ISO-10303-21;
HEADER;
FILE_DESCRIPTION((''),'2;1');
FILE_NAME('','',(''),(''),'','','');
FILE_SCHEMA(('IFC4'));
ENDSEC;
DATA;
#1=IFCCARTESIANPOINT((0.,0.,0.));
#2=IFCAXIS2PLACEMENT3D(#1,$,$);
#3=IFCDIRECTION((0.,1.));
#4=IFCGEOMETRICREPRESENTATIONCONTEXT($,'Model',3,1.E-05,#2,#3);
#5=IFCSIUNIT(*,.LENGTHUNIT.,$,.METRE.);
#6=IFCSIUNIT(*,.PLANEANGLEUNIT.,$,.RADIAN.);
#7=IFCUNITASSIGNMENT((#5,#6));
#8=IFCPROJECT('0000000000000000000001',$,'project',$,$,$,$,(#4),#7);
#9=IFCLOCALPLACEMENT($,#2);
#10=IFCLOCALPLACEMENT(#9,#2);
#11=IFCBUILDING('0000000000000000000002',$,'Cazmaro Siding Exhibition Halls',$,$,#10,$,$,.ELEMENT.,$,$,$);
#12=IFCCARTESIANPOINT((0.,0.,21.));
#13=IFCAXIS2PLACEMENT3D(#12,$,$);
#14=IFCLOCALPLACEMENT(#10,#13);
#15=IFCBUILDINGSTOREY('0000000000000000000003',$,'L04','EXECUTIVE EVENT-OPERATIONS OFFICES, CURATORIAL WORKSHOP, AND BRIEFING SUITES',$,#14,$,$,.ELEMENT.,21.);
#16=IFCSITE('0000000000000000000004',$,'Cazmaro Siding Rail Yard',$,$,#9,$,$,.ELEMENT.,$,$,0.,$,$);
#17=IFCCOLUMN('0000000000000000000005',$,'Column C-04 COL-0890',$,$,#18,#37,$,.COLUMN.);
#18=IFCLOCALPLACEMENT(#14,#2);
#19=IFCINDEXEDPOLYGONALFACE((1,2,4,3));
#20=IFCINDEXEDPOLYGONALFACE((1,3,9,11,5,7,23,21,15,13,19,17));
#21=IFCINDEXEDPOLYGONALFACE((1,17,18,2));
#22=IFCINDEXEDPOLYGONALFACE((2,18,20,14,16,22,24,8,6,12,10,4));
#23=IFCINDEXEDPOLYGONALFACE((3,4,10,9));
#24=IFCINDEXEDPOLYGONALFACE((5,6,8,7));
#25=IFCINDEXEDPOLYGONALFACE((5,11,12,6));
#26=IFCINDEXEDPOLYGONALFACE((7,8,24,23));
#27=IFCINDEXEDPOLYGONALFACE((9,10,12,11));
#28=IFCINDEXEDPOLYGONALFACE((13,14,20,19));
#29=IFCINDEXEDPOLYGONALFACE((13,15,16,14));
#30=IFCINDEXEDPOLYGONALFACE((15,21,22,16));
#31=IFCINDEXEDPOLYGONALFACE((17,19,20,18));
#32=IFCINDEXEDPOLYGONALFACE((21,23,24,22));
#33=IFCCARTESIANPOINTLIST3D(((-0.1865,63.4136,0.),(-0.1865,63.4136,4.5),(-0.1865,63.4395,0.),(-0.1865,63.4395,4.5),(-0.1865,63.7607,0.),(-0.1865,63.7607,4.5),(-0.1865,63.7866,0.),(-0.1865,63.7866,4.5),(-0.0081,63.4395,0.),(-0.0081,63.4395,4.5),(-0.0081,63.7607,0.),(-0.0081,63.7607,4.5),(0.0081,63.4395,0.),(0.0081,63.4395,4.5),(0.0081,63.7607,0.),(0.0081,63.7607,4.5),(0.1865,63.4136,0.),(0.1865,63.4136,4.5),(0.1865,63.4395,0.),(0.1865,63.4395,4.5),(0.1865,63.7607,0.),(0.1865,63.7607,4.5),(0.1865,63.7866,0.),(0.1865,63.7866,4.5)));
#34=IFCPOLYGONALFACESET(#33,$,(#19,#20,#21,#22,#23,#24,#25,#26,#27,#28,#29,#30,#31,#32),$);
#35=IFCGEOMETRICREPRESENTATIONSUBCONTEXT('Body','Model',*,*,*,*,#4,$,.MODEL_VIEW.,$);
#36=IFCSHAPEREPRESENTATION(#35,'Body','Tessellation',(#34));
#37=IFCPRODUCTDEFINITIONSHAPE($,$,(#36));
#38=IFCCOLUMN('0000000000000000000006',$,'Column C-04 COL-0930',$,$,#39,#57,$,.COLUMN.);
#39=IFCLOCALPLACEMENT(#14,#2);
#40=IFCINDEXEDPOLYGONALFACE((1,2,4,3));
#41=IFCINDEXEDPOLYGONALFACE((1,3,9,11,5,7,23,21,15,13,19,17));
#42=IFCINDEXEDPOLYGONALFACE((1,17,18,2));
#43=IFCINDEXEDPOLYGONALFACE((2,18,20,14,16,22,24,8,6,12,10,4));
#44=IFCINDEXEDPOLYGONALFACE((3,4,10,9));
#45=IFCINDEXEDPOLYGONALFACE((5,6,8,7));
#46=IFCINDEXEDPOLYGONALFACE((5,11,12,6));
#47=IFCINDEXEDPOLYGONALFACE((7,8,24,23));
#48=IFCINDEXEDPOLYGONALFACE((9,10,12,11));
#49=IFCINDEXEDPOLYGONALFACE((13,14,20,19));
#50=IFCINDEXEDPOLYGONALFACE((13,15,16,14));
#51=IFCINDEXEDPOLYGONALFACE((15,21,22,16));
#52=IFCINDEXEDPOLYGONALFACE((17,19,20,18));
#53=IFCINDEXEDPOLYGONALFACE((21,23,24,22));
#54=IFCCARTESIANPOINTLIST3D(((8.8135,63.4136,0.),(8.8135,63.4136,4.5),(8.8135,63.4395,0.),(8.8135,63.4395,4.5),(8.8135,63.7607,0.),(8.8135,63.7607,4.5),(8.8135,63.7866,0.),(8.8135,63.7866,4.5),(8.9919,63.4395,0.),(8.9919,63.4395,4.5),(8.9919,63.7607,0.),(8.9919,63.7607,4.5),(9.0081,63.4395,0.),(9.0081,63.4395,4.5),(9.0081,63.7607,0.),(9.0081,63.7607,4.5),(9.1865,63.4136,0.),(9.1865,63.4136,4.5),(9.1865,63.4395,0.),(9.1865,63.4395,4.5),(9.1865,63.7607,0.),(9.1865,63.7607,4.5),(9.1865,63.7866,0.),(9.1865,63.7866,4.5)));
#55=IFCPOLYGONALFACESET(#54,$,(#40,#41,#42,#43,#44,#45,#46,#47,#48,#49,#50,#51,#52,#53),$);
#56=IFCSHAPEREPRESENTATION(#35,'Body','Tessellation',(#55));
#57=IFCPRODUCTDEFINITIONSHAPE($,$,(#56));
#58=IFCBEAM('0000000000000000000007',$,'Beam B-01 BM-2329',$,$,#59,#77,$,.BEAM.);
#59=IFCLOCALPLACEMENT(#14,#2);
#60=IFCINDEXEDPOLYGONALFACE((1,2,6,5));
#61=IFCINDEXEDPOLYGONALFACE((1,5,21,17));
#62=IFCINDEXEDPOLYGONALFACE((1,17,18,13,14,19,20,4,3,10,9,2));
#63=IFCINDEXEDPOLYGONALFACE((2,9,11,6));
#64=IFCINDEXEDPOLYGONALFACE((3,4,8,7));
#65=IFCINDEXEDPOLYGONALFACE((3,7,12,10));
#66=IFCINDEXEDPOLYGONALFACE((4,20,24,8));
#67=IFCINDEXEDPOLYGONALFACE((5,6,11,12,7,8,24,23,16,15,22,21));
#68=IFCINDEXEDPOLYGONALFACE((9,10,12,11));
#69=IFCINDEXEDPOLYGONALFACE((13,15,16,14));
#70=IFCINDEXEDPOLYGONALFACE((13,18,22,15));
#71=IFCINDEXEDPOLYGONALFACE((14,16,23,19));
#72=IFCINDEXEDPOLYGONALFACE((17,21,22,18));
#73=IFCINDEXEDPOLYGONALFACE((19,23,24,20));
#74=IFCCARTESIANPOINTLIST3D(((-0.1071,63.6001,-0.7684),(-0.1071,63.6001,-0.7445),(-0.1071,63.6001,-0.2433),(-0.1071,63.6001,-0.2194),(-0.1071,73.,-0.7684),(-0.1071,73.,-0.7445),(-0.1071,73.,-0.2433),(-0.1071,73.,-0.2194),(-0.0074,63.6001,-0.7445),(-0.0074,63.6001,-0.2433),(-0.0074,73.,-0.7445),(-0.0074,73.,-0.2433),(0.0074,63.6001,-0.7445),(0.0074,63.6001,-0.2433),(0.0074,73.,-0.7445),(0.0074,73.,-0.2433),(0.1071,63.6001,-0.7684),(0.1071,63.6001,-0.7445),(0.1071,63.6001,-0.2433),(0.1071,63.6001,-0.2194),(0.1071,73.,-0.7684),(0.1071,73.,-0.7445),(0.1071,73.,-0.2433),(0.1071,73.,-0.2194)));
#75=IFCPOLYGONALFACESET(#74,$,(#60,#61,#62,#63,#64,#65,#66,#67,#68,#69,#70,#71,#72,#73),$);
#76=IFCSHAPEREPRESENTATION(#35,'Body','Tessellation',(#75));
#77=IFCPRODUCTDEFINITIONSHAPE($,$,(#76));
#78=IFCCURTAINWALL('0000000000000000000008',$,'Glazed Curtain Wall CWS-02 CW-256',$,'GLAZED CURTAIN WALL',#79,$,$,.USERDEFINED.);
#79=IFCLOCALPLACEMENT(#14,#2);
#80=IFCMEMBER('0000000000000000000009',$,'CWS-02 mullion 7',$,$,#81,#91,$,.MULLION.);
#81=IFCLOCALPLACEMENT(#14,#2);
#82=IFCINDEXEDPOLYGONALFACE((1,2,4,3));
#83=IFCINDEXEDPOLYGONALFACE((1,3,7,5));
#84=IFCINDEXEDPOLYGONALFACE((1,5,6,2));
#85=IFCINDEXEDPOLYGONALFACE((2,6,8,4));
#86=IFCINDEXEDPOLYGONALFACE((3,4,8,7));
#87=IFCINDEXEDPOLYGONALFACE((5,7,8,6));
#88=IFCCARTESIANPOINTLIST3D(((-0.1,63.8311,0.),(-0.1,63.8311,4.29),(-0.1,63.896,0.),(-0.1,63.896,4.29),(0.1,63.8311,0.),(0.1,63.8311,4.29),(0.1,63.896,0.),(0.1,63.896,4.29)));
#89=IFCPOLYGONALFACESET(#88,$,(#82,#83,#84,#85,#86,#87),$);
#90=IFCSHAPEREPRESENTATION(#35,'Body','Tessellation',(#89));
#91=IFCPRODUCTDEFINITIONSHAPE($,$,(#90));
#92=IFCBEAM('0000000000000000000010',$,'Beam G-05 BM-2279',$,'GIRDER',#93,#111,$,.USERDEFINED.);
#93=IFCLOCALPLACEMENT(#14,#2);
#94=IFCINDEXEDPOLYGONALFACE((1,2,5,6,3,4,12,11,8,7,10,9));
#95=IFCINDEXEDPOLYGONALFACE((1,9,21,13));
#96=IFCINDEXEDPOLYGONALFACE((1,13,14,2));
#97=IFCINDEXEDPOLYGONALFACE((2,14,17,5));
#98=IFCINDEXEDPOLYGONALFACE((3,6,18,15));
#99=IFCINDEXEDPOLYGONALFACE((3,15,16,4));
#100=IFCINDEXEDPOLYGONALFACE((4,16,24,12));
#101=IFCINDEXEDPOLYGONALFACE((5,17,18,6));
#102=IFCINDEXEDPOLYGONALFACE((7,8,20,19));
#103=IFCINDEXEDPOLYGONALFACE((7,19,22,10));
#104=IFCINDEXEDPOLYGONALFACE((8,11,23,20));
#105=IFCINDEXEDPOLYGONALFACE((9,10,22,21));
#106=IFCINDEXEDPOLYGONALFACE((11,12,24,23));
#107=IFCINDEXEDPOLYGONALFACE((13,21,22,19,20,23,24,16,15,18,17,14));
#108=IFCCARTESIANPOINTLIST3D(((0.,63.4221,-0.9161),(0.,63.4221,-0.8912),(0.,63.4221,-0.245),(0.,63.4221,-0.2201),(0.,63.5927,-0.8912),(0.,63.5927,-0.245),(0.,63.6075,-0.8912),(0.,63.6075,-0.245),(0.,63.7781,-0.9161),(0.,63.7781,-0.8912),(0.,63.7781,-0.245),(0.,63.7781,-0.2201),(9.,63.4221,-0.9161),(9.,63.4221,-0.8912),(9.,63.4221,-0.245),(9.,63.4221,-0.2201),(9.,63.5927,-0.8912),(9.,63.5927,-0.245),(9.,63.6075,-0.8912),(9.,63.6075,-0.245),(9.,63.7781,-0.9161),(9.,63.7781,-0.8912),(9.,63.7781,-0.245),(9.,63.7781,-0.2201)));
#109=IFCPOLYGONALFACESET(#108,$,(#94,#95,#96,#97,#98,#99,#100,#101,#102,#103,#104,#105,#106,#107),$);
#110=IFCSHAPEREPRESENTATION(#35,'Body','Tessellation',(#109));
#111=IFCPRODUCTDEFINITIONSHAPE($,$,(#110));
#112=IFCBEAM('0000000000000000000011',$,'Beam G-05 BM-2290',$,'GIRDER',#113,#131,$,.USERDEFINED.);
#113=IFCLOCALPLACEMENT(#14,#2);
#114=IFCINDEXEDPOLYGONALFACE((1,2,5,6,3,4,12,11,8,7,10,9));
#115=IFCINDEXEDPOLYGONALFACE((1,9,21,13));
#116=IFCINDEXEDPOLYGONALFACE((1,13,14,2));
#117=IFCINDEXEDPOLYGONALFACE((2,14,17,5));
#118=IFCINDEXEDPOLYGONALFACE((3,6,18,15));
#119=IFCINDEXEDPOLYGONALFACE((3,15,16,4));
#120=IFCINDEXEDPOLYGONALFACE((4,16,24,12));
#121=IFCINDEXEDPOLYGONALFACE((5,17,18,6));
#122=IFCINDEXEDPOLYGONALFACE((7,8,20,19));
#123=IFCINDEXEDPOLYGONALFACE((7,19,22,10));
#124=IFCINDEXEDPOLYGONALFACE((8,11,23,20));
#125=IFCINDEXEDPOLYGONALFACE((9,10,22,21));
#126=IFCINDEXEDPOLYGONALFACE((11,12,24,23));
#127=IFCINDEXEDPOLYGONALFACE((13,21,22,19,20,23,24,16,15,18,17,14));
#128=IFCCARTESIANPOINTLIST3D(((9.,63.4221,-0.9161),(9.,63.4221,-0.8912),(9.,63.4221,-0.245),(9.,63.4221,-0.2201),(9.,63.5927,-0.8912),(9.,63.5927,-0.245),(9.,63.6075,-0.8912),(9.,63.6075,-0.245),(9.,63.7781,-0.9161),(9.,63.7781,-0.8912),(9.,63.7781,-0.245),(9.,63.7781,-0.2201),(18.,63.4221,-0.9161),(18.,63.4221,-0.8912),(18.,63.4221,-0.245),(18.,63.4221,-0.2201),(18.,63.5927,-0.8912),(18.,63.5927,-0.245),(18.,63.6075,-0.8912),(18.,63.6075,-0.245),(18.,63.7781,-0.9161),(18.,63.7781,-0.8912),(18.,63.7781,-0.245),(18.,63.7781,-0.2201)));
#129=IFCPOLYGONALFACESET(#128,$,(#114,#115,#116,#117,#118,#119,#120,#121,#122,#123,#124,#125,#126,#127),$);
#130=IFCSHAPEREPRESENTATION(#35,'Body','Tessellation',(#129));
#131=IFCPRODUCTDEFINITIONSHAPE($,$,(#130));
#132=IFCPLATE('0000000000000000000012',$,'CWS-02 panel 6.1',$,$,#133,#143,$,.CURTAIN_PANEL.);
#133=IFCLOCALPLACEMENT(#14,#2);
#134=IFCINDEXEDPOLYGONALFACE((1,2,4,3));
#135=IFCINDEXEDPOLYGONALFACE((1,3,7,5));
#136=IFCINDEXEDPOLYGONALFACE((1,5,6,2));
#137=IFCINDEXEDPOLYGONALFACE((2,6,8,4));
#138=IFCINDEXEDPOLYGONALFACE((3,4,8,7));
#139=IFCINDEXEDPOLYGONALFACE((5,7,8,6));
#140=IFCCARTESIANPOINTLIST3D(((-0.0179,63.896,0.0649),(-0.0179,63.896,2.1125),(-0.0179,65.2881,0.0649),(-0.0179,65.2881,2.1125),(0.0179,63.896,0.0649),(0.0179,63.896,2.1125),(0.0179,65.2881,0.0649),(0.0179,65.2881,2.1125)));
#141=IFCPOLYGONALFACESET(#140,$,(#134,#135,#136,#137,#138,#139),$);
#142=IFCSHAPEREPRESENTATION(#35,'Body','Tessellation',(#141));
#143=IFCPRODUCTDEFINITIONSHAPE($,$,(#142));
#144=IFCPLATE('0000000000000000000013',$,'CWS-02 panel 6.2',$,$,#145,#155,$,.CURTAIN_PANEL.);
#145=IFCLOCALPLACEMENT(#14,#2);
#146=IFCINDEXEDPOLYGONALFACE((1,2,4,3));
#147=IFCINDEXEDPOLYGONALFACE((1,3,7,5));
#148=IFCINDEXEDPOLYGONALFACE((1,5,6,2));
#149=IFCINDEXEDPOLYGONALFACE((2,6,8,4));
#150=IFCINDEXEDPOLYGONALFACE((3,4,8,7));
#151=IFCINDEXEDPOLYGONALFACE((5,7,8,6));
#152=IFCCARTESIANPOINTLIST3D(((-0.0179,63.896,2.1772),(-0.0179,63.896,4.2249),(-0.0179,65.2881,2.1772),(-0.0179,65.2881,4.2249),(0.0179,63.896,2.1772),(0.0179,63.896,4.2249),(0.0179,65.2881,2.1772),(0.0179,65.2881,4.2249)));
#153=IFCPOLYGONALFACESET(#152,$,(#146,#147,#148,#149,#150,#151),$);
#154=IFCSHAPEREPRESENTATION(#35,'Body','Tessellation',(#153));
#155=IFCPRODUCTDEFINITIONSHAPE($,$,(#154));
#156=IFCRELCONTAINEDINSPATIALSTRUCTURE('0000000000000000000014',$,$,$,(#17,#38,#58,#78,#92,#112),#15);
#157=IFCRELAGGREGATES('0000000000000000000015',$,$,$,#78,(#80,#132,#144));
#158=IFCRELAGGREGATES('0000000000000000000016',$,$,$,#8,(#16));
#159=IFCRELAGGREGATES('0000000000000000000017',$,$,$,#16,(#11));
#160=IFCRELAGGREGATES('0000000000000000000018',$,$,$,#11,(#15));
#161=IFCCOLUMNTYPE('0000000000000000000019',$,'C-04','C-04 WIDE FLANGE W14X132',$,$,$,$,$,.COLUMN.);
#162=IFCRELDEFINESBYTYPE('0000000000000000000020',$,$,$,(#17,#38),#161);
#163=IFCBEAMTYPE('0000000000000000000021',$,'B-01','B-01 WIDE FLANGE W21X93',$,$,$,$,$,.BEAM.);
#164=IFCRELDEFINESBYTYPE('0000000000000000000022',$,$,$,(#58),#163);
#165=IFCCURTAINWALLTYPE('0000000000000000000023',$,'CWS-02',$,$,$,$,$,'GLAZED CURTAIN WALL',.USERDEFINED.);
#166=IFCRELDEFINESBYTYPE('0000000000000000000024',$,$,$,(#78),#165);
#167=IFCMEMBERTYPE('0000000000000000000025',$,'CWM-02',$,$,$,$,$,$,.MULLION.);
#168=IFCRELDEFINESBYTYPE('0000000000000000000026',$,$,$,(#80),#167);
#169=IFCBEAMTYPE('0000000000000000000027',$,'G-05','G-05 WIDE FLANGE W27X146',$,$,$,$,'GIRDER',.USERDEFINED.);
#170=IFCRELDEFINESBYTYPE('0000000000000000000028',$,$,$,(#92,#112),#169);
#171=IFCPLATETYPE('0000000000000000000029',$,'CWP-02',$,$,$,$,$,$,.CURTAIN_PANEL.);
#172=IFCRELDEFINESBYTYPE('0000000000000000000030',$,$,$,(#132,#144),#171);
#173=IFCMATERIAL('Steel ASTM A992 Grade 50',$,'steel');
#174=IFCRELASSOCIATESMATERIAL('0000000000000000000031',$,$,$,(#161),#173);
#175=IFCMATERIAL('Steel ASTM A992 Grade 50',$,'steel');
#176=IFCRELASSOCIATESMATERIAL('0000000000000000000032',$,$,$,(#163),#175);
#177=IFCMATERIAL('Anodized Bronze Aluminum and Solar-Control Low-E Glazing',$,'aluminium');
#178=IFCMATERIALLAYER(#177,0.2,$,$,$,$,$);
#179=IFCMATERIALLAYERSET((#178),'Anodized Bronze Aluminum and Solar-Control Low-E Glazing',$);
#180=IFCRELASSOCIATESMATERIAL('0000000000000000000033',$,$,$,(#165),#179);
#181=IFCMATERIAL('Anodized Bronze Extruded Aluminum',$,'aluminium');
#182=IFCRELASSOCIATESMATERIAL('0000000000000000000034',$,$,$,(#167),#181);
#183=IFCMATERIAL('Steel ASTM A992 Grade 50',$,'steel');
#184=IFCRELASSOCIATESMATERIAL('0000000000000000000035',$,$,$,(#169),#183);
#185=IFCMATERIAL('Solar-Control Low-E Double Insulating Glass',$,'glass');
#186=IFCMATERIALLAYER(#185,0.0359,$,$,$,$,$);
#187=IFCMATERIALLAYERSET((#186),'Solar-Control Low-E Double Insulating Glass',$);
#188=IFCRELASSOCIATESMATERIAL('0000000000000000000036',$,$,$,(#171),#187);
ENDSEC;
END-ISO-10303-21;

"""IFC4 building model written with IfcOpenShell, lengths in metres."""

from ifc_helpers import new_model, si_unit, direction, frame, origin, origin_2d, place, context, subcontext, project, spatial, rectangle, i_section, extrude, material, layer, layer_set, material_profile, profile_set, type_object, element, aggregate, save


model = new_model("IFC4")

# Units and contexts
model_context = context("Model", 3, precision=1e-05, world=origin(), true_north=direction((0.0, 1.0)))
body_context = subcontext(model_context, "Body", "Model", "MODEL_VIEW")
ifc_project = project(units=[si_unit("LENGTHUNIT", "METRE"), si_unit("PLANEANGLEUNIT", "RADIAN")], contexts=[model_context])

# Site, building, storey
site_placement = place(None, origin())
site = spatial("IfcSite", under=ifc_project, at=site_placement, Name="Cazmaro Siding Rail Yard", CompositionType="ELEMENT", RefElevation=0.0)
building_placement = place(site_placement, origin())
building = spatial("IfcBuilding", under=site, at=building_placement, Name="Cazmaro Siding Exhibition Halls", CompositionType="ELEMENT")
storey_placement = place(building_placement, frame((0.0, 0.0, 21.0)))
storey = spatial("IfcBuildingStorey", under=building, at=storey_placement, Name="L04", Description="EXECUTIVE EVENT-OPERATIONS OFFICES, CURATORIAL WORKSHOP, AND BRIEFING SUITES", CompositionType="ELEMENT", Elevation=21.0)

# Columns
ifc_material_1 = material(Name="Steel ASTM A992 Grade 50", Category="steel")
ifc_material_profile_1 = material_profile(ifc_material_1, i_section(OverallWidth=0.373, OverallDepth=0.373, WebThickness=0.0161, FlangeThickness=0.0259, at=origin_2d()), Name="W14X132")
ifc_profile_set_1 = profile_set([ifc_material_profile_1], Name="Steel ASTM A992 Grade 50")
column_type = type_object("IfcColumnType", Name="C-04", Description="C-04 WIDE FLANGE W14X132", PredefinedType="COLUMN", material=ifc_profile_set_1)
for number, where, z_axis, x_axis, name in (
    (1, (0.0, 63.6001, 0.0), (0.0, 0.0, 1.0), (1.0, 0.0, 0.0), "Column C-04 COL-0890"),
    (2, (9.0, 63.6001, 0.0), (0.0, 0.0, 1.0), (1.0, 0.0, 0.0), "Column C-04 COL-0930"),
):
    element("IfcColumn", number, at=place(storey_placement, frame(where, z_axis=z_axis, x_axis=x_axis)), inside=storey, type_object=column_type, Name=name, PredefinedType="COLUMN", context=body_context, shape_type="SweptSolid", body=[
        extrude(i_section(OverallWidth=0.373, OverallDepth=0.373, WebThickness=0.0161, FlangeThickness=0.0259, at=origin_2d()), origin(), (0.0, 0.0, 1.0), 4.5),
    ])

# Beam
ifc_material_2 = material(Name="Steel ASTM A992 Grade 50", Category="steel")
ifc_material_profile_2 = material_profile(ifc_material_2, i_section(OverallWidth=0.2141, OverallDepth=0.5491, WebThickness=0.0149, FlangeThickness=0.0239, at=origin_2d()), Name="W21X93")
ifc_profile_set_2 = profile_set([ifc_material_profile_2], Name="Steel ASTM A992 Grade 50")
beam_type_1 = type_object("IfcBeamType", Name="B-01", Description="B-01 WIDE FLANGE W21X93", PredefinedType="BEAM", material=ifc_profile_set_2)
beam_placement = place(storey_placement, frame((0.0, 63.6001, -0.4939), z_axis=(0.0, 1.0, 0.0), x_axis=(-1.0, 0.0, 0.0)))
element("IfcBeam", 3, at=beam_placement, inside=storey, type_object=beam_type_1, Name="Beam B-01 BM-2329", PredefinedType="BEAM", context=body_context, shape_type="SweptSolid", body=[
    extrude(i_section(OverallWidth=0.2141, OverallDepth=0.5491, WebThickness=0.0149, FlangeThickness=0.0239, at=origin_2d()), origin(), (0.0, 0.0, 1.0), 9.3999),
])

# Curtain wall, member
ifc_material_3 = material(Name="Anodized Bronze Aluminum and Solar-Control Low-E Glazing", Category="aluminium")
ifc_layer_1 = layer(ifc_material_3, 0.2)
ifc_layer_set_1 = layer_set([ifc_layer_1], Name="Anodized Bronze Aluminum and Solar-Control Low-E Glazing")
curtain_wall_type = type_object("IfcCurtainWallType", Name="CWS-02", ElementType="GLAZED CURTAIN WALL", PredefinedType="USERDEFINED", material=ifc_layer_set_1)
curtain_wall_placement = place(storey_placement, origin())
curtain_wall = element("IfcCurtainWall", 4, at=curtain_wall_placement, inside=storey, type_object=curtain_wall_type, Name="Glazed Curtain Wall CWS-02 CW-256", ObjectType="GLAZED CURTAIN WALL", PredefinedType="USERDEFINED")
ifc_material_4 = material(Name="Anodized Bronze Extruded Aluminum", Category="aluminium")
ifc_material_profile_3 = material_profile(ifc_material_4, rectangle(XDim=0.2, YDim=0.0649, at=origin_2d()), Name="CWM-02")
ifc_profile_set_3 = profile_set([ifc_material_profile_3], Name="Anodized Bronze Extruded Aluminum")
member_type = type_object("IfcMemberType", Name="CWM-02", PredefinedType="MULLION", material=ifc_profile_set_3)
member_placement = place(storey_placement, frame((0.0, 63.8635, 0.0), z_axis=(0.0, 0.0, 1.0), x_axis=(1.0, 0.0, 0.0)))
member = element("IfcMember", 5, at=member_placement, type_object=member_type, Name="CWS-02 mullion 7", PredefinedType="MULLION", context=body_context, shape_type="SweptSolid", body=[
    extrude(rectangle(XDim=0.2, YDim=0.0649, at=origin_2d()), origin(), (0.0, 0.0, 1.0), 4.29),
])

# Beams
ifc_material_5 = material(Name="Steel ASTM A992 Grade 50", Category="steel")
ifc_material_profile_4 = material_profile(ifc_material_5, i_section(OverallWidth=0.356, OverallDepth=0.696, WebThickness=0.0149, FlangeThickness=0.0249, at=origin_2d()), Name="W27X146")
ifc_profile_set_4 = profile_set([ifc_material_profile_4], Name="Steel ASTM A992 Grade 50")
beam_type_2 = type_object("IfcBeamType", Name="G-05", Description="G-05 WIDE FLANGE W27X146", ElementType="GIRDER", PredefinedType="USERDEFINED", material=ifc_profile_set_4)
for number, where, z_axis, x_axis, name in (
    (6, (0.0, 63.6001, -0.5681), (1.0, 0.0, 0.0), (0.0, 1.0, 0.0), "Beam G-05 BM-2279"),
    (7, (9.0, 63.6001, -0.5681), (1.0, 0.0, 0.0), (0.0, 1.0, 0.0), "Beam G-05 BM-2290"),
):
    element("IfcBeam", number, at=place(storey_placement, frame(where, z_axis=z_axis, x_axis=x_axis)), inside=storey, type_object=beam_type_2, Name=name, ObjectType="GIRDER", PredefinedType="USERDEFINED", context=body_context, shape_type="SweptSolid", body=[
        extrude(i_section(OverallWidth=0.356, OverallDepth=0.696, WebThickness=0.0149, FlangeThickness=0.0249, at=origin_2d()), origin(), (0.0, 0.0, 1.0), 9.0),
    ])

# Plates
ifc_material_6 = material(Name="Solar-Control Low-E Double Insulating Glass", Category="glass")
ifc_layer_2 = layer(ifc_material_6, 0.0359)
ifc_layer_set_2 = layer_set([ifc_layer_2], Name="Solar-Control Low-E Double Insulating Glass")
plate_type = type_object("IfcPlateType", Name="CWP-02", PredefinedType="CURTAIN_PANEL", material=ifc_layer_set_2)
plate_1_placement = place(storey_placement, frame((0.0, 64.592, 0.0649), z_axis=(0.0, 0.0, 1.0), x_axis=(0.0, -1.0, 0.0)))
plate_1 = element("IfcPlate", 8, at=plate_1_placement, type_object=plate_type, Name="CWS-02 panel 6.1", PredefinedType="CURTAIN_PANEL", context=body_context, shape_type="SweptSolid", body=[
    extrude(rectangle(XDim=1.3921, YDim=0.0359, at=origin_2d()), origin(), (0.0, 0.0, 1.0), 2.0476),
])
plate_2_placement = place(storey_placement, frame((0.0, 64.592, 2.1772), z_axis=(0.0, 0.0, 1.0), x_axis=(0.0, -1.0, 0.0)))
plate_2 = element("IfcPlate", 9, at=plate_2_placement, type_object=plate_type, Name="CWS-02 panel 6.2", PredefinedType="CURTAIN_PANEL", context=body_context, shape_type="SweptSolid", body=[
    extrude(rectangle(XDim=1.3921, YDim=0.0359, at=origin_2d()), origin(), (0.0, 0.0, 1.0), 2.0476),
])
aggregate(curtain_wall, [member, plate_1, plate_2])

save(model, "model.ifc")
